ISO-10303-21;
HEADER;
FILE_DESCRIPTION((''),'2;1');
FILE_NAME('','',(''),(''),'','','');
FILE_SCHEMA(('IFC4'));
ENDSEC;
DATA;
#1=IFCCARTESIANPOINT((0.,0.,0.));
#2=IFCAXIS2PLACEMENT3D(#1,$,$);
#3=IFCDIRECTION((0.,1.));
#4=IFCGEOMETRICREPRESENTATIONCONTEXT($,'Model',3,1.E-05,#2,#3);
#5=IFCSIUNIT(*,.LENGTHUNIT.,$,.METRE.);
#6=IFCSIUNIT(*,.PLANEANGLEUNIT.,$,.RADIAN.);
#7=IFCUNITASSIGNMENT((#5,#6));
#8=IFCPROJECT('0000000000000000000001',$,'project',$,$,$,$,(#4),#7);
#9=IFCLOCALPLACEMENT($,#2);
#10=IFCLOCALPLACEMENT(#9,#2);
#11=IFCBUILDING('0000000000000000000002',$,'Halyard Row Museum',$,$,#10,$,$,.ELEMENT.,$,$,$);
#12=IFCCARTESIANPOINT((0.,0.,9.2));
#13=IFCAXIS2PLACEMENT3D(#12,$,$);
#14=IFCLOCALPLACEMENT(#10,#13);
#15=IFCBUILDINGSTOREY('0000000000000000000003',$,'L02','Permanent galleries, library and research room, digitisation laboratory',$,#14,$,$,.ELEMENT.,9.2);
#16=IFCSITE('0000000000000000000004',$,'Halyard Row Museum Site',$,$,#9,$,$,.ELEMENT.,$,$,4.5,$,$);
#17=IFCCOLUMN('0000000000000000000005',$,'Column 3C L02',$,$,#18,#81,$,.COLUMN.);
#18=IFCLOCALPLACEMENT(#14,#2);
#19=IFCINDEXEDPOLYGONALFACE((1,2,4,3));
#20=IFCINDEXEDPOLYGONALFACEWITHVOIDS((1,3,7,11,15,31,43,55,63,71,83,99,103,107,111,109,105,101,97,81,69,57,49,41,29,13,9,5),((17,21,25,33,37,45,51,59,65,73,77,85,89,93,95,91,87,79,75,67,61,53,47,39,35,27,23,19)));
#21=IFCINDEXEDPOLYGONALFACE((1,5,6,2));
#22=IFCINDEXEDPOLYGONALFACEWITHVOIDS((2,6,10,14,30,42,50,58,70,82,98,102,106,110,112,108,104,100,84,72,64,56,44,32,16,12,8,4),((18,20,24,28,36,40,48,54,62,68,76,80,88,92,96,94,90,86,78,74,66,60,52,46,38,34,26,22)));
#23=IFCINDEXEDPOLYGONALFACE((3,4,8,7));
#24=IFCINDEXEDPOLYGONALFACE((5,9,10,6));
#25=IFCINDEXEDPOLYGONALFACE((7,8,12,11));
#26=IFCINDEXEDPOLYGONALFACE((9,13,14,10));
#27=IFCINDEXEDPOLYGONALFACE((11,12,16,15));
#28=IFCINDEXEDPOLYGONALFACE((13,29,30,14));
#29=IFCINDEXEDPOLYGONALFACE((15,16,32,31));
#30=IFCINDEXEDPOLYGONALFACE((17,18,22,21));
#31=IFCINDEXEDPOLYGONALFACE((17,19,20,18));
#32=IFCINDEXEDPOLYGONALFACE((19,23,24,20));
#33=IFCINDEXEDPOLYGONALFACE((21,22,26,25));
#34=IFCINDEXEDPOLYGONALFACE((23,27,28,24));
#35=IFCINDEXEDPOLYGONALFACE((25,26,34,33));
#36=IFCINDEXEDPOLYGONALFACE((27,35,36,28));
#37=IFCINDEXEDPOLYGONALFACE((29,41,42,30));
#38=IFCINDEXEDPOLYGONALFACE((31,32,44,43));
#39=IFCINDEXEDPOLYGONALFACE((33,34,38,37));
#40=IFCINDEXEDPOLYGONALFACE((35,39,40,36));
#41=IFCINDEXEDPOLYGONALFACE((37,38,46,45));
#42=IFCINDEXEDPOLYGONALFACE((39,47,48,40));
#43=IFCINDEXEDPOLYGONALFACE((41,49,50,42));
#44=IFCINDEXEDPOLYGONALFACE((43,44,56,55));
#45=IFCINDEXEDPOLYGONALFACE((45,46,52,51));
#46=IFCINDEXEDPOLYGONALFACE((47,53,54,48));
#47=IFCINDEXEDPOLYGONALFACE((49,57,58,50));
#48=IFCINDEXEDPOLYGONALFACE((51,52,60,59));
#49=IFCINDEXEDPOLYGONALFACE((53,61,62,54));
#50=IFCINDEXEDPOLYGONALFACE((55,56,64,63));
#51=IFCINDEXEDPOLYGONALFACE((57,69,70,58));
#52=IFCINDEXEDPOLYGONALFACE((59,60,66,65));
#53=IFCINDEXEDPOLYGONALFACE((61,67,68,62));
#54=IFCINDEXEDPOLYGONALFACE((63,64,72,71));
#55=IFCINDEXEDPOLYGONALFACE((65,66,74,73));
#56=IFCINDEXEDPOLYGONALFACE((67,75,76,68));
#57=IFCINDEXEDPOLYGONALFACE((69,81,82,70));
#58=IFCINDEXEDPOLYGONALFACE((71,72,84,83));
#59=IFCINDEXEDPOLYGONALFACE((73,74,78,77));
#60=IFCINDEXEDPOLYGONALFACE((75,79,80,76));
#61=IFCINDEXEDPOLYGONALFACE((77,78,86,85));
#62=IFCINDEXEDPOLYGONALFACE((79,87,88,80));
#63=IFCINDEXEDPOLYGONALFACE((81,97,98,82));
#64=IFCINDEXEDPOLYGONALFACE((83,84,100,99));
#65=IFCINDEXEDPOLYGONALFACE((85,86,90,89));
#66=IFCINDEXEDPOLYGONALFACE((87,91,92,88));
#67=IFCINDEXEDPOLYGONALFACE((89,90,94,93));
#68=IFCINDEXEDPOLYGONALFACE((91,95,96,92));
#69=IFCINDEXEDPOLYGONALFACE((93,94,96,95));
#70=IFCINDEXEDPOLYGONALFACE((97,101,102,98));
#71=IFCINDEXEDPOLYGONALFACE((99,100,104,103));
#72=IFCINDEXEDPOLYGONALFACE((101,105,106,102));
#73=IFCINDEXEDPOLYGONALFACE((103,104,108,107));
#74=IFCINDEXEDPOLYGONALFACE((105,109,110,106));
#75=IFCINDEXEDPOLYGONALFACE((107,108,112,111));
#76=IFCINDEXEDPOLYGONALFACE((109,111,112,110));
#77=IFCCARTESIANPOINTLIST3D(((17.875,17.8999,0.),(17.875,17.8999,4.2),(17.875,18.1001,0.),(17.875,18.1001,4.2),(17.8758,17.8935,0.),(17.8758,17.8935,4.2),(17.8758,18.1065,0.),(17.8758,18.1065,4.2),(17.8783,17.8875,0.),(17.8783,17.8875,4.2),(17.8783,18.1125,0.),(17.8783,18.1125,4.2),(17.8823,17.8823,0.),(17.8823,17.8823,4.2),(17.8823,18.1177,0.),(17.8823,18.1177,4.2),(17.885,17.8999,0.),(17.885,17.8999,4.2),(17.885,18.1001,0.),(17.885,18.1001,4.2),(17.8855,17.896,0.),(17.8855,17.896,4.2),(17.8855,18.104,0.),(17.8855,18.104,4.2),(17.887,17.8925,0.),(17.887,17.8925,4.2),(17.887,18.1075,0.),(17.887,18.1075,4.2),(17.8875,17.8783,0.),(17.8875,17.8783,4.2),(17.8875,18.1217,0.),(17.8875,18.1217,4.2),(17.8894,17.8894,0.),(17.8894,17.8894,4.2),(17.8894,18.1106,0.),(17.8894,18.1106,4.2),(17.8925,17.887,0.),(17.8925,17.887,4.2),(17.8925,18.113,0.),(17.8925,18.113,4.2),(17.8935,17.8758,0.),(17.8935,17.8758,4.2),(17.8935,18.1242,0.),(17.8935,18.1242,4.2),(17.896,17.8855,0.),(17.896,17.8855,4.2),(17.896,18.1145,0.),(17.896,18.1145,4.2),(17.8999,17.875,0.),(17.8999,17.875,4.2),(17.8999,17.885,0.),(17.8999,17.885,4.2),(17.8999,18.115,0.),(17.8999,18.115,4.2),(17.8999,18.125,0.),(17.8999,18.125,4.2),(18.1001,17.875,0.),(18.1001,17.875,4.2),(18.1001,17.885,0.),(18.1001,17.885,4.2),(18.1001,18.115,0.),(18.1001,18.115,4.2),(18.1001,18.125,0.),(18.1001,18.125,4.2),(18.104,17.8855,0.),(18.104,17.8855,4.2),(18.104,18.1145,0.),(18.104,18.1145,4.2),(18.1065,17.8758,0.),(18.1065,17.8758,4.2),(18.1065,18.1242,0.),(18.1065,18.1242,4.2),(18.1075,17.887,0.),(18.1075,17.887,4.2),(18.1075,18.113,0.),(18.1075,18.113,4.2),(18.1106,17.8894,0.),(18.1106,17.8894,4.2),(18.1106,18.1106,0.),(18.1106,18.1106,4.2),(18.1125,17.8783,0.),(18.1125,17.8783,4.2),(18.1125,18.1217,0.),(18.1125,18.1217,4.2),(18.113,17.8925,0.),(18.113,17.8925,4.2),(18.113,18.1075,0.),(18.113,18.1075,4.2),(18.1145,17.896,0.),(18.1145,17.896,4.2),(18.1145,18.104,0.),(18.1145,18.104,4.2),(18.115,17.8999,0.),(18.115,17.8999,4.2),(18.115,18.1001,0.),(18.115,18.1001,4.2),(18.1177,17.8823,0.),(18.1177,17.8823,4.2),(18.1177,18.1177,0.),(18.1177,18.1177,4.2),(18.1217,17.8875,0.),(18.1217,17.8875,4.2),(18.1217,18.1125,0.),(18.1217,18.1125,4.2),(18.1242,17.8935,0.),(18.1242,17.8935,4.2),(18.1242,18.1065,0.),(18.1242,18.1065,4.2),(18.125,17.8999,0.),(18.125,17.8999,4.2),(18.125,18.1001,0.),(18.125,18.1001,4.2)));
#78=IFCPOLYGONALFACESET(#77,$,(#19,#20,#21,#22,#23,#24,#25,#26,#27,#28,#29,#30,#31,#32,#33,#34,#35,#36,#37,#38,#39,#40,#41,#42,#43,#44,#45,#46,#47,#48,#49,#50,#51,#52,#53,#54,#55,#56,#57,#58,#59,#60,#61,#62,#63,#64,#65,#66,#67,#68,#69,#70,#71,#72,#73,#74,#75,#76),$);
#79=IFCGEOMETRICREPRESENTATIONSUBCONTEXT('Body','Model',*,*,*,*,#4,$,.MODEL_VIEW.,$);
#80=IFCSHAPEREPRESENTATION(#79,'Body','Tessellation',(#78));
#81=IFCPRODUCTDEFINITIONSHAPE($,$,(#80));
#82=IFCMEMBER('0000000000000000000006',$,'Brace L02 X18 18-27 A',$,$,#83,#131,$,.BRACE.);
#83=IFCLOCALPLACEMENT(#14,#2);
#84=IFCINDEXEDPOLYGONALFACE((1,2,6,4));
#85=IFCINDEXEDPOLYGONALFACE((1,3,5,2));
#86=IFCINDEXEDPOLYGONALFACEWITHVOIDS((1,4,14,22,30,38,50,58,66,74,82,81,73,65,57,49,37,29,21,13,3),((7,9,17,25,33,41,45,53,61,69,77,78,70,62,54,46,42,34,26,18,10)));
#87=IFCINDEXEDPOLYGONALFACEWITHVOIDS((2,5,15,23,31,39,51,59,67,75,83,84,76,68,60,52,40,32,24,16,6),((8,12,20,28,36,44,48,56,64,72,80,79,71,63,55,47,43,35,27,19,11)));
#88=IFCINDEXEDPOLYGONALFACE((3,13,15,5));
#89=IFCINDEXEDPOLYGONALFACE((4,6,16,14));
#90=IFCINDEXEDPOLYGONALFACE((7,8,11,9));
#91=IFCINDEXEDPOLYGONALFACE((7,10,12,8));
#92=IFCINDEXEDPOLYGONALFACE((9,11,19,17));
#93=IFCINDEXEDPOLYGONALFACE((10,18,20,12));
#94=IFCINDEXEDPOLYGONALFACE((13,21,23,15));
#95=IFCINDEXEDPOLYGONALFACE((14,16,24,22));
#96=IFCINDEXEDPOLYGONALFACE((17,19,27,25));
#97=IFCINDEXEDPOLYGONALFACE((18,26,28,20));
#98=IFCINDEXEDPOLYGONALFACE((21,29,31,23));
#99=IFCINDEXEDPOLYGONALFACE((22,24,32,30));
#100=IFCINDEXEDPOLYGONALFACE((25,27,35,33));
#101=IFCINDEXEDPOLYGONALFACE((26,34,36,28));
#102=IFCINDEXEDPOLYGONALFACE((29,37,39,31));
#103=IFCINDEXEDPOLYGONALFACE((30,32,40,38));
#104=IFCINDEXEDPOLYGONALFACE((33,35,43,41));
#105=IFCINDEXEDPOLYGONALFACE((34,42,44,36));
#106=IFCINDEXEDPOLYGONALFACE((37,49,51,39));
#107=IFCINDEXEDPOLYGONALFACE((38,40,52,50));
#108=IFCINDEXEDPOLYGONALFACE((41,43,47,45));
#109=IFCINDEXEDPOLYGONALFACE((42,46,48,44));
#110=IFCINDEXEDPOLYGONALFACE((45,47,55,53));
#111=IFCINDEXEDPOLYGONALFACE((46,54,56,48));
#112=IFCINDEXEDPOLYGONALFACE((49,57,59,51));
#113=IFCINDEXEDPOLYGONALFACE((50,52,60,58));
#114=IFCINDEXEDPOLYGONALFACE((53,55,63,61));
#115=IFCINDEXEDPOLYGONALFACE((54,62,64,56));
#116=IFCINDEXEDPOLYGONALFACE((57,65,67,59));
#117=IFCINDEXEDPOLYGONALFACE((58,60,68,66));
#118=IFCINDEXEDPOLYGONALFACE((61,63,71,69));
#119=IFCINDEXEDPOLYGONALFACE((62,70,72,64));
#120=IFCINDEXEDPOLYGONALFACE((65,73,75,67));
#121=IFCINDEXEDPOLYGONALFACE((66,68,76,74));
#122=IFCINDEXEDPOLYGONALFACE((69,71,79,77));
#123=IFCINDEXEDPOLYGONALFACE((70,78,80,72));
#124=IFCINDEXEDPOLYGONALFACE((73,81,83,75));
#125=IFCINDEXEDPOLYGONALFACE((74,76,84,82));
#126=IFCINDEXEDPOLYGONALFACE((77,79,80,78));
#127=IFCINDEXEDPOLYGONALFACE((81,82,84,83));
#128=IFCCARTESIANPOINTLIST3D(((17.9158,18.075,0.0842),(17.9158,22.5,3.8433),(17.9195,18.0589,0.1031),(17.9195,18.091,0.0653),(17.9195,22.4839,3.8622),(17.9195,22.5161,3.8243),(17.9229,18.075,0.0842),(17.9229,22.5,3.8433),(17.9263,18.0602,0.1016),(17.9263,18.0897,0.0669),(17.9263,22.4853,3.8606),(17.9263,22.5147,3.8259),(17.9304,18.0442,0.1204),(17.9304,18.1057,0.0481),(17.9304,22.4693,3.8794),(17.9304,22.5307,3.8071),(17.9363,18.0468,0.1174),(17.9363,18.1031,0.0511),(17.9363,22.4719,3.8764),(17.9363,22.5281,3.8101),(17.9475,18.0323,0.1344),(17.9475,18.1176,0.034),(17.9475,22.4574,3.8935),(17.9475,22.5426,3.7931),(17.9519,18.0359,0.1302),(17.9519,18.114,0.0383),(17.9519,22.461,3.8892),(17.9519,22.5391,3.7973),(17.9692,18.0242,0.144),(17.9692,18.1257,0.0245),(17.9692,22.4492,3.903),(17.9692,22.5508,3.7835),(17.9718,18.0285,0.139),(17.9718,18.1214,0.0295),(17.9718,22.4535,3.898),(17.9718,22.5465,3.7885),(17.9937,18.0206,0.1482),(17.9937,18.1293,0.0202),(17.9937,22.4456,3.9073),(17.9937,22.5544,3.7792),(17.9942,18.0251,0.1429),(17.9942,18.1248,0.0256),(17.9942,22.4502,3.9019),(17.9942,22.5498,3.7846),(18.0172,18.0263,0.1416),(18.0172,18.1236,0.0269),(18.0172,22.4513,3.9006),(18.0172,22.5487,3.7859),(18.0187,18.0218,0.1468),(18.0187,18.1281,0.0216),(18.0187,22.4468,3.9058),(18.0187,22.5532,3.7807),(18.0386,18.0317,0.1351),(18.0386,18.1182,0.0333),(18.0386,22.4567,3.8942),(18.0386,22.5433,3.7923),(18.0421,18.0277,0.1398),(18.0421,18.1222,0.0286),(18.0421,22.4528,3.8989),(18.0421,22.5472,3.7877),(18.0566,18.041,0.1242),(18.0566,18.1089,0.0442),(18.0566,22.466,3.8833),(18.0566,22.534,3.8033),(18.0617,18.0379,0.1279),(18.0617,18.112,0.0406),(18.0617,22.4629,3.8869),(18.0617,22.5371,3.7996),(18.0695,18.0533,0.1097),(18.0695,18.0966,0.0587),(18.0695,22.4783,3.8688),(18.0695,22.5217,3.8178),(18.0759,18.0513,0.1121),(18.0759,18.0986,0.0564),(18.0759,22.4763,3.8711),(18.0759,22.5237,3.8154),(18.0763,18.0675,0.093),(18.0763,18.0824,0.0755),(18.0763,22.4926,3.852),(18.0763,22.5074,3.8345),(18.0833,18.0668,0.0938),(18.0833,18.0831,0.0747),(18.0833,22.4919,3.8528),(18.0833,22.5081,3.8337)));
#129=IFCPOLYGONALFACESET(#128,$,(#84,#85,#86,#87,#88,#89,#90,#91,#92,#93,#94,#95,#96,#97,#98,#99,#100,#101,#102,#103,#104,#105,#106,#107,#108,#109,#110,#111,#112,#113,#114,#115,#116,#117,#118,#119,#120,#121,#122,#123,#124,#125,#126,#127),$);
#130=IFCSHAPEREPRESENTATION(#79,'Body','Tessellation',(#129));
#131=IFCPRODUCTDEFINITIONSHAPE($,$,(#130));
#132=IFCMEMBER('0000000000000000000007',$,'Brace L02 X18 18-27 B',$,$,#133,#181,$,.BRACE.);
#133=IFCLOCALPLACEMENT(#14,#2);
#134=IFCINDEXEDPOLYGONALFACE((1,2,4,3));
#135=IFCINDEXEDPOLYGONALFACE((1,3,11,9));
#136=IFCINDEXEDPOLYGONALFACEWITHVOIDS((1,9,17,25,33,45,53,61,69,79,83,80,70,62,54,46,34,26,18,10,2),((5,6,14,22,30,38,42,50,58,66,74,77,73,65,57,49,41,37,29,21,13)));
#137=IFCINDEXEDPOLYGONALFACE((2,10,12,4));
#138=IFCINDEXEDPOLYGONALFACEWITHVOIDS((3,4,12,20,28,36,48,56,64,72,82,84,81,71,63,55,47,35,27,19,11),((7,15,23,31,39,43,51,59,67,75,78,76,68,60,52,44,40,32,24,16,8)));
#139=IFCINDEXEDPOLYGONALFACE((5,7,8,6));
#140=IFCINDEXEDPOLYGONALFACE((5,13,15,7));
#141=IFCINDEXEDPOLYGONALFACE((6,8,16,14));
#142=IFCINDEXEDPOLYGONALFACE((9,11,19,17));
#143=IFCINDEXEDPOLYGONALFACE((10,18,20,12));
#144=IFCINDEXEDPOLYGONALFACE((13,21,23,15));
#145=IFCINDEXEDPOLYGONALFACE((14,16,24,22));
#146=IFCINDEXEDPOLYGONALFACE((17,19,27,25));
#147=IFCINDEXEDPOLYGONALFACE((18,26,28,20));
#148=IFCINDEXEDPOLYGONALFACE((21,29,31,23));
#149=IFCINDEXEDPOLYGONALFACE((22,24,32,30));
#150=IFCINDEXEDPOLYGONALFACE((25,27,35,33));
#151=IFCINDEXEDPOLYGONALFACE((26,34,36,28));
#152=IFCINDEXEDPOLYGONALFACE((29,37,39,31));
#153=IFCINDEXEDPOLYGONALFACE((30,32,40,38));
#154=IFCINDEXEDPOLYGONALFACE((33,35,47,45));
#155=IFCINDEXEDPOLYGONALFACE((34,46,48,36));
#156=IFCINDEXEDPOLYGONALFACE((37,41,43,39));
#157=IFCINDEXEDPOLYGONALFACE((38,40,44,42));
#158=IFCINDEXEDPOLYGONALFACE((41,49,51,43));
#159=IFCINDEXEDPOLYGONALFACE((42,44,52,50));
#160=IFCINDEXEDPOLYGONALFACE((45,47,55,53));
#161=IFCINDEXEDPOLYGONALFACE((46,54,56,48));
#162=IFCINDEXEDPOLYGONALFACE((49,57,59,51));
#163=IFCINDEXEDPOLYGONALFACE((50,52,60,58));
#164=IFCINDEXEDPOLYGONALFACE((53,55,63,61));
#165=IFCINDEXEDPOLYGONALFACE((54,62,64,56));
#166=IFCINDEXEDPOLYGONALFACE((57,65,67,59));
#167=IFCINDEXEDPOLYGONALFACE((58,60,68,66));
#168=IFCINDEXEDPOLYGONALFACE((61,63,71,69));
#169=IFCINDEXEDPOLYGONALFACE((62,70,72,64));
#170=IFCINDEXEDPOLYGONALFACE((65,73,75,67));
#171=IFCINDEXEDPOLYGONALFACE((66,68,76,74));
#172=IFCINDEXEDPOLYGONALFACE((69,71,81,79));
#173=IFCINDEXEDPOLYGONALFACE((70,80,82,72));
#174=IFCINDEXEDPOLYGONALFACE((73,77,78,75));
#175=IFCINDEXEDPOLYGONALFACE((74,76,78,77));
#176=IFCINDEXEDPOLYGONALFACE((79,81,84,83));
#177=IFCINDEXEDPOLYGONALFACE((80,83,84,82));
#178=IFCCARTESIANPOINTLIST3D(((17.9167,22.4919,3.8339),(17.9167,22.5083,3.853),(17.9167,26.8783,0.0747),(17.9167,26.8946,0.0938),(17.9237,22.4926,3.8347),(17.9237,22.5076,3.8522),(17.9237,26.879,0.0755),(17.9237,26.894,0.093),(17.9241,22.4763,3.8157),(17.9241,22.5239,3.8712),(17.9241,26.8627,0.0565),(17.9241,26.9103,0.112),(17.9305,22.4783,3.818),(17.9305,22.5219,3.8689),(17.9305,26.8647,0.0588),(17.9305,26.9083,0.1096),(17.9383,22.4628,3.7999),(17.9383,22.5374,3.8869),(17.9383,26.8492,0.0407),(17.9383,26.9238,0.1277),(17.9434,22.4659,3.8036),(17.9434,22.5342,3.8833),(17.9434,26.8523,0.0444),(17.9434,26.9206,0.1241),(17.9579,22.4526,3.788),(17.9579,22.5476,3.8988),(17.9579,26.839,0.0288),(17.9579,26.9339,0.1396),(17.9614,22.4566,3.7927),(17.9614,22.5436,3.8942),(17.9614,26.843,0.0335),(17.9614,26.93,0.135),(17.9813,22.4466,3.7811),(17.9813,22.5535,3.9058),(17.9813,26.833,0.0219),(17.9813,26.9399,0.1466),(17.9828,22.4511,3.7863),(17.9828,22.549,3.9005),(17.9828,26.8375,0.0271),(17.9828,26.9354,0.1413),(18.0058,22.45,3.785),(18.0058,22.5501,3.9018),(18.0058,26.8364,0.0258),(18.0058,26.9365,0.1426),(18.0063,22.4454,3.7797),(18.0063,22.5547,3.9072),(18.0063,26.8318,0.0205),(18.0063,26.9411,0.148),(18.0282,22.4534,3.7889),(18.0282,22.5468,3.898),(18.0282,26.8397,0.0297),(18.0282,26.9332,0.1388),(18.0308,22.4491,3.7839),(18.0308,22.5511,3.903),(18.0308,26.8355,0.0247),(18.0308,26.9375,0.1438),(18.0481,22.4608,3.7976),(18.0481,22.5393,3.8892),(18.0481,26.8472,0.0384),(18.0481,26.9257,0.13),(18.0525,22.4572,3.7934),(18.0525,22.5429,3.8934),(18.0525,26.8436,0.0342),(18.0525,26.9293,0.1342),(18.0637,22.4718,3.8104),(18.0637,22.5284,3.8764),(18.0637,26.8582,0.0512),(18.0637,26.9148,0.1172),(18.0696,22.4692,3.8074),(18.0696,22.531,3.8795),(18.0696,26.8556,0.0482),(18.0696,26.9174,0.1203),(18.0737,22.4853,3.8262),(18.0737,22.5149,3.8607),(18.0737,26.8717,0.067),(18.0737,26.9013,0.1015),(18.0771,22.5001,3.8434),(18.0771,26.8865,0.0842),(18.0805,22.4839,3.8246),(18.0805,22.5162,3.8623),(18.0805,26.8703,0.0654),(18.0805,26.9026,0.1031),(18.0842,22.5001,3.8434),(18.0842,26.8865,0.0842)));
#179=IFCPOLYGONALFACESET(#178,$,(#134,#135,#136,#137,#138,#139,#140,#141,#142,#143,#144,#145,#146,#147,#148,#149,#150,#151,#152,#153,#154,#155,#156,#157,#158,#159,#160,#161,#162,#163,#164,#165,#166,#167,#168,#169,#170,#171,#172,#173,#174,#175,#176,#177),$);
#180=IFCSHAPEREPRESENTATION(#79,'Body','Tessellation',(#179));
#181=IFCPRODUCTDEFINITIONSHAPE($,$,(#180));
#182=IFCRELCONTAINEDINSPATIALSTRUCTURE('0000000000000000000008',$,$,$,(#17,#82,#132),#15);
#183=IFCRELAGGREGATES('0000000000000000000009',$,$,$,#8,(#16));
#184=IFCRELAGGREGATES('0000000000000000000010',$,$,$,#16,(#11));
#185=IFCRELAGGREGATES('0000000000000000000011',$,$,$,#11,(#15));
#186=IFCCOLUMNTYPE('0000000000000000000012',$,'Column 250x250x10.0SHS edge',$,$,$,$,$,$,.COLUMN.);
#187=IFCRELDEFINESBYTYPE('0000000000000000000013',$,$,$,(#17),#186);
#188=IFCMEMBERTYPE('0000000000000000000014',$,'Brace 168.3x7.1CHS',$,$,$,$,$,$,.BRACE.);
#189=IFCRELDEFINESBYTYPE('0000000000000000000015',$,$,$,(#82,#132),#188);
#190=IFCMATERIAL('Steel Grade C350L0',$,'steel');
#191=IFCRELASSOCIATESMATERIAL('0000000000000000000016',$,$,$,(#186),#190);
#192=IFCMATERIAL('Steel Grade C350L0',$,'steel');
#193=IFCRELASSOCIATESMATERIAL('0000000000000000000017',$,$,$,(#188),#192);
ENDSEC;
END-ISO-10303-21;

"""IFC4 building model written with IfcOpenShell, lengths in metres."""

from ifc_helpers import new_model, si_unit, direction, frame, origin, origin_2d, place, context, subcontext, project, spatial, hollow_rectangle, hollow_circle, extrude, material, material_profile, profile_set, type_object, element, save


model = new_model("IFC4")

# Units and contexts
model_context = context("Model", 3, precision=1e-05, world=origin(), true_north=direction((0.0, 1.0)))
body_context = subcontext(model_context, "Body", "Model", "MODEL_VIEW")
ifc_project = project(units=[si_unit("LENGTHUNIT", "METRE"), si_unit("PLANEANGLEUNIT", "RADIAN")], contexts=[model_context])

# Site, building, storey
site_placement = place(None, origin())
site = spatial("IfcSite", under=ifc_project, at=site_placement, Name="Halyard Row Museum Site", CompositionType="ELEMENT", RefElevation=4.5)
building_placement = place(site_placement, origin())
building = spatial("IfcBuilding", under=site, at=building_placement, Name="Halyard Row Museum", CompositionType="ELEMENT")
storey_placement = place(building_placement, frame((0.0, 0.0, 9.2)))
storey = spatial("IfcBuildingStorey", under=building, at=storey_placement, Name="L02", Description="Permanent galleries, library and research room, digitisation laboratory", CompositionType="ELEMENT", Elevation=9.2)

# Column
ifc_material_1 = material(Name="Steel Grade C350L0", Category="steel")
ifc_material_profile_1 = material_profile(ifc_material_1, hollow_rectangle(XDim=0.25, YDim=0.25, WallThickness=0.01, InnerFilletRadius=0.0149, OuterFilletRadius=0.0249, at=origin_2d()), Name="250x250x10.0SHS")
ifc_profile_set_1 = profile_set([ifc_material_profile_1], Name="Steel Grade C350L0")
column_type = type_object("IfcColumnType", Name="Column 250x250x10.0SHS edge", PredefinedType="COLUMN", material=ifc_profile_set_1)
column_placement = place(storey_placement, frame((18.0, 18.0, 0.0), z_axis=(0.0, 0.0, 1.0), x_axis=(1.0, 0.0, 0.0)))
element("IfcColumn", 1, at=column_placement, inside=storey, type_object=column_type, Name="Column 3C L02", PredefinedType="COLUMN", context=body_context, shape_type="SweptSolid", body=[
    extrude(hollow_rectangle(XDim=0.25, YDim=0.25, WallThickness=0.01, InnerFilletRadius=0.0149, OuterFilletRadius=0.0249, at=origin_2d()), origin(), (0.0, 0.0, 1.0), 4.2),
])

# Members
ifc_material_2 = material(Name="Steel Grade C350L0", Category="steel")
ifc_material_profile_2 = material_profile(ifc_material_2, hollow_circle(Radius=0.0842, WallThickness=0.0071, at=origin_2d()), Name="168.3x7.1CHS")
ifc_profile_set_2 = profile_set([ifc_material_profile_2], Name="Steel Grade C350L0")
member_type_1 = type_object("IfcMemberType", Name="Brace 168.3x7.1CHS", PredefinedType="BRACE", material=ifc_profile_set_2)
member_1_placement = place(storey_placement, frame((18.0, 18.075, 0.0842), z_axis=(0.0, 0.762131, 0.647423), x_axis=(-1.0, 0.0, 0.0)))
element("IfcMember", 2, at=member_1_placement, inside=storey, type_object=member_type_1, Name="Brace L02 X18 18-27 A", PredefinedType="BRACE", context=body_context, shape_type="SweptSolid", body=[
    extrude(hollow_circle(Radius=0.0842, WallThickness=0.0071, at=origin_2d()), origin(), (0.0, 0.0, 1.0), 5.8062),
])
member_2_placement = place(storey_placement, frame((18.0, 26.8865, 0.0842), z_axis=(0.0, -0.759304, 0.650736), x_axis=(1.0, 0.0, 0.0)))
element("IfcMember", 3, at=member_2_placement, inside=storey, type_object=member_type_1, Name="Brace L02 X18 18-27 B", PredefinedType="BRACE", context=body_context, shape_type="SweptSolid", body=[
    extrude(hollow_circle(Radius=0.0842, WallThickness=0.0071, at=origin_2d()), origin(), (0.0, 0.0, 1.0), 5.7769),
])

save(model, "model.ifc")
